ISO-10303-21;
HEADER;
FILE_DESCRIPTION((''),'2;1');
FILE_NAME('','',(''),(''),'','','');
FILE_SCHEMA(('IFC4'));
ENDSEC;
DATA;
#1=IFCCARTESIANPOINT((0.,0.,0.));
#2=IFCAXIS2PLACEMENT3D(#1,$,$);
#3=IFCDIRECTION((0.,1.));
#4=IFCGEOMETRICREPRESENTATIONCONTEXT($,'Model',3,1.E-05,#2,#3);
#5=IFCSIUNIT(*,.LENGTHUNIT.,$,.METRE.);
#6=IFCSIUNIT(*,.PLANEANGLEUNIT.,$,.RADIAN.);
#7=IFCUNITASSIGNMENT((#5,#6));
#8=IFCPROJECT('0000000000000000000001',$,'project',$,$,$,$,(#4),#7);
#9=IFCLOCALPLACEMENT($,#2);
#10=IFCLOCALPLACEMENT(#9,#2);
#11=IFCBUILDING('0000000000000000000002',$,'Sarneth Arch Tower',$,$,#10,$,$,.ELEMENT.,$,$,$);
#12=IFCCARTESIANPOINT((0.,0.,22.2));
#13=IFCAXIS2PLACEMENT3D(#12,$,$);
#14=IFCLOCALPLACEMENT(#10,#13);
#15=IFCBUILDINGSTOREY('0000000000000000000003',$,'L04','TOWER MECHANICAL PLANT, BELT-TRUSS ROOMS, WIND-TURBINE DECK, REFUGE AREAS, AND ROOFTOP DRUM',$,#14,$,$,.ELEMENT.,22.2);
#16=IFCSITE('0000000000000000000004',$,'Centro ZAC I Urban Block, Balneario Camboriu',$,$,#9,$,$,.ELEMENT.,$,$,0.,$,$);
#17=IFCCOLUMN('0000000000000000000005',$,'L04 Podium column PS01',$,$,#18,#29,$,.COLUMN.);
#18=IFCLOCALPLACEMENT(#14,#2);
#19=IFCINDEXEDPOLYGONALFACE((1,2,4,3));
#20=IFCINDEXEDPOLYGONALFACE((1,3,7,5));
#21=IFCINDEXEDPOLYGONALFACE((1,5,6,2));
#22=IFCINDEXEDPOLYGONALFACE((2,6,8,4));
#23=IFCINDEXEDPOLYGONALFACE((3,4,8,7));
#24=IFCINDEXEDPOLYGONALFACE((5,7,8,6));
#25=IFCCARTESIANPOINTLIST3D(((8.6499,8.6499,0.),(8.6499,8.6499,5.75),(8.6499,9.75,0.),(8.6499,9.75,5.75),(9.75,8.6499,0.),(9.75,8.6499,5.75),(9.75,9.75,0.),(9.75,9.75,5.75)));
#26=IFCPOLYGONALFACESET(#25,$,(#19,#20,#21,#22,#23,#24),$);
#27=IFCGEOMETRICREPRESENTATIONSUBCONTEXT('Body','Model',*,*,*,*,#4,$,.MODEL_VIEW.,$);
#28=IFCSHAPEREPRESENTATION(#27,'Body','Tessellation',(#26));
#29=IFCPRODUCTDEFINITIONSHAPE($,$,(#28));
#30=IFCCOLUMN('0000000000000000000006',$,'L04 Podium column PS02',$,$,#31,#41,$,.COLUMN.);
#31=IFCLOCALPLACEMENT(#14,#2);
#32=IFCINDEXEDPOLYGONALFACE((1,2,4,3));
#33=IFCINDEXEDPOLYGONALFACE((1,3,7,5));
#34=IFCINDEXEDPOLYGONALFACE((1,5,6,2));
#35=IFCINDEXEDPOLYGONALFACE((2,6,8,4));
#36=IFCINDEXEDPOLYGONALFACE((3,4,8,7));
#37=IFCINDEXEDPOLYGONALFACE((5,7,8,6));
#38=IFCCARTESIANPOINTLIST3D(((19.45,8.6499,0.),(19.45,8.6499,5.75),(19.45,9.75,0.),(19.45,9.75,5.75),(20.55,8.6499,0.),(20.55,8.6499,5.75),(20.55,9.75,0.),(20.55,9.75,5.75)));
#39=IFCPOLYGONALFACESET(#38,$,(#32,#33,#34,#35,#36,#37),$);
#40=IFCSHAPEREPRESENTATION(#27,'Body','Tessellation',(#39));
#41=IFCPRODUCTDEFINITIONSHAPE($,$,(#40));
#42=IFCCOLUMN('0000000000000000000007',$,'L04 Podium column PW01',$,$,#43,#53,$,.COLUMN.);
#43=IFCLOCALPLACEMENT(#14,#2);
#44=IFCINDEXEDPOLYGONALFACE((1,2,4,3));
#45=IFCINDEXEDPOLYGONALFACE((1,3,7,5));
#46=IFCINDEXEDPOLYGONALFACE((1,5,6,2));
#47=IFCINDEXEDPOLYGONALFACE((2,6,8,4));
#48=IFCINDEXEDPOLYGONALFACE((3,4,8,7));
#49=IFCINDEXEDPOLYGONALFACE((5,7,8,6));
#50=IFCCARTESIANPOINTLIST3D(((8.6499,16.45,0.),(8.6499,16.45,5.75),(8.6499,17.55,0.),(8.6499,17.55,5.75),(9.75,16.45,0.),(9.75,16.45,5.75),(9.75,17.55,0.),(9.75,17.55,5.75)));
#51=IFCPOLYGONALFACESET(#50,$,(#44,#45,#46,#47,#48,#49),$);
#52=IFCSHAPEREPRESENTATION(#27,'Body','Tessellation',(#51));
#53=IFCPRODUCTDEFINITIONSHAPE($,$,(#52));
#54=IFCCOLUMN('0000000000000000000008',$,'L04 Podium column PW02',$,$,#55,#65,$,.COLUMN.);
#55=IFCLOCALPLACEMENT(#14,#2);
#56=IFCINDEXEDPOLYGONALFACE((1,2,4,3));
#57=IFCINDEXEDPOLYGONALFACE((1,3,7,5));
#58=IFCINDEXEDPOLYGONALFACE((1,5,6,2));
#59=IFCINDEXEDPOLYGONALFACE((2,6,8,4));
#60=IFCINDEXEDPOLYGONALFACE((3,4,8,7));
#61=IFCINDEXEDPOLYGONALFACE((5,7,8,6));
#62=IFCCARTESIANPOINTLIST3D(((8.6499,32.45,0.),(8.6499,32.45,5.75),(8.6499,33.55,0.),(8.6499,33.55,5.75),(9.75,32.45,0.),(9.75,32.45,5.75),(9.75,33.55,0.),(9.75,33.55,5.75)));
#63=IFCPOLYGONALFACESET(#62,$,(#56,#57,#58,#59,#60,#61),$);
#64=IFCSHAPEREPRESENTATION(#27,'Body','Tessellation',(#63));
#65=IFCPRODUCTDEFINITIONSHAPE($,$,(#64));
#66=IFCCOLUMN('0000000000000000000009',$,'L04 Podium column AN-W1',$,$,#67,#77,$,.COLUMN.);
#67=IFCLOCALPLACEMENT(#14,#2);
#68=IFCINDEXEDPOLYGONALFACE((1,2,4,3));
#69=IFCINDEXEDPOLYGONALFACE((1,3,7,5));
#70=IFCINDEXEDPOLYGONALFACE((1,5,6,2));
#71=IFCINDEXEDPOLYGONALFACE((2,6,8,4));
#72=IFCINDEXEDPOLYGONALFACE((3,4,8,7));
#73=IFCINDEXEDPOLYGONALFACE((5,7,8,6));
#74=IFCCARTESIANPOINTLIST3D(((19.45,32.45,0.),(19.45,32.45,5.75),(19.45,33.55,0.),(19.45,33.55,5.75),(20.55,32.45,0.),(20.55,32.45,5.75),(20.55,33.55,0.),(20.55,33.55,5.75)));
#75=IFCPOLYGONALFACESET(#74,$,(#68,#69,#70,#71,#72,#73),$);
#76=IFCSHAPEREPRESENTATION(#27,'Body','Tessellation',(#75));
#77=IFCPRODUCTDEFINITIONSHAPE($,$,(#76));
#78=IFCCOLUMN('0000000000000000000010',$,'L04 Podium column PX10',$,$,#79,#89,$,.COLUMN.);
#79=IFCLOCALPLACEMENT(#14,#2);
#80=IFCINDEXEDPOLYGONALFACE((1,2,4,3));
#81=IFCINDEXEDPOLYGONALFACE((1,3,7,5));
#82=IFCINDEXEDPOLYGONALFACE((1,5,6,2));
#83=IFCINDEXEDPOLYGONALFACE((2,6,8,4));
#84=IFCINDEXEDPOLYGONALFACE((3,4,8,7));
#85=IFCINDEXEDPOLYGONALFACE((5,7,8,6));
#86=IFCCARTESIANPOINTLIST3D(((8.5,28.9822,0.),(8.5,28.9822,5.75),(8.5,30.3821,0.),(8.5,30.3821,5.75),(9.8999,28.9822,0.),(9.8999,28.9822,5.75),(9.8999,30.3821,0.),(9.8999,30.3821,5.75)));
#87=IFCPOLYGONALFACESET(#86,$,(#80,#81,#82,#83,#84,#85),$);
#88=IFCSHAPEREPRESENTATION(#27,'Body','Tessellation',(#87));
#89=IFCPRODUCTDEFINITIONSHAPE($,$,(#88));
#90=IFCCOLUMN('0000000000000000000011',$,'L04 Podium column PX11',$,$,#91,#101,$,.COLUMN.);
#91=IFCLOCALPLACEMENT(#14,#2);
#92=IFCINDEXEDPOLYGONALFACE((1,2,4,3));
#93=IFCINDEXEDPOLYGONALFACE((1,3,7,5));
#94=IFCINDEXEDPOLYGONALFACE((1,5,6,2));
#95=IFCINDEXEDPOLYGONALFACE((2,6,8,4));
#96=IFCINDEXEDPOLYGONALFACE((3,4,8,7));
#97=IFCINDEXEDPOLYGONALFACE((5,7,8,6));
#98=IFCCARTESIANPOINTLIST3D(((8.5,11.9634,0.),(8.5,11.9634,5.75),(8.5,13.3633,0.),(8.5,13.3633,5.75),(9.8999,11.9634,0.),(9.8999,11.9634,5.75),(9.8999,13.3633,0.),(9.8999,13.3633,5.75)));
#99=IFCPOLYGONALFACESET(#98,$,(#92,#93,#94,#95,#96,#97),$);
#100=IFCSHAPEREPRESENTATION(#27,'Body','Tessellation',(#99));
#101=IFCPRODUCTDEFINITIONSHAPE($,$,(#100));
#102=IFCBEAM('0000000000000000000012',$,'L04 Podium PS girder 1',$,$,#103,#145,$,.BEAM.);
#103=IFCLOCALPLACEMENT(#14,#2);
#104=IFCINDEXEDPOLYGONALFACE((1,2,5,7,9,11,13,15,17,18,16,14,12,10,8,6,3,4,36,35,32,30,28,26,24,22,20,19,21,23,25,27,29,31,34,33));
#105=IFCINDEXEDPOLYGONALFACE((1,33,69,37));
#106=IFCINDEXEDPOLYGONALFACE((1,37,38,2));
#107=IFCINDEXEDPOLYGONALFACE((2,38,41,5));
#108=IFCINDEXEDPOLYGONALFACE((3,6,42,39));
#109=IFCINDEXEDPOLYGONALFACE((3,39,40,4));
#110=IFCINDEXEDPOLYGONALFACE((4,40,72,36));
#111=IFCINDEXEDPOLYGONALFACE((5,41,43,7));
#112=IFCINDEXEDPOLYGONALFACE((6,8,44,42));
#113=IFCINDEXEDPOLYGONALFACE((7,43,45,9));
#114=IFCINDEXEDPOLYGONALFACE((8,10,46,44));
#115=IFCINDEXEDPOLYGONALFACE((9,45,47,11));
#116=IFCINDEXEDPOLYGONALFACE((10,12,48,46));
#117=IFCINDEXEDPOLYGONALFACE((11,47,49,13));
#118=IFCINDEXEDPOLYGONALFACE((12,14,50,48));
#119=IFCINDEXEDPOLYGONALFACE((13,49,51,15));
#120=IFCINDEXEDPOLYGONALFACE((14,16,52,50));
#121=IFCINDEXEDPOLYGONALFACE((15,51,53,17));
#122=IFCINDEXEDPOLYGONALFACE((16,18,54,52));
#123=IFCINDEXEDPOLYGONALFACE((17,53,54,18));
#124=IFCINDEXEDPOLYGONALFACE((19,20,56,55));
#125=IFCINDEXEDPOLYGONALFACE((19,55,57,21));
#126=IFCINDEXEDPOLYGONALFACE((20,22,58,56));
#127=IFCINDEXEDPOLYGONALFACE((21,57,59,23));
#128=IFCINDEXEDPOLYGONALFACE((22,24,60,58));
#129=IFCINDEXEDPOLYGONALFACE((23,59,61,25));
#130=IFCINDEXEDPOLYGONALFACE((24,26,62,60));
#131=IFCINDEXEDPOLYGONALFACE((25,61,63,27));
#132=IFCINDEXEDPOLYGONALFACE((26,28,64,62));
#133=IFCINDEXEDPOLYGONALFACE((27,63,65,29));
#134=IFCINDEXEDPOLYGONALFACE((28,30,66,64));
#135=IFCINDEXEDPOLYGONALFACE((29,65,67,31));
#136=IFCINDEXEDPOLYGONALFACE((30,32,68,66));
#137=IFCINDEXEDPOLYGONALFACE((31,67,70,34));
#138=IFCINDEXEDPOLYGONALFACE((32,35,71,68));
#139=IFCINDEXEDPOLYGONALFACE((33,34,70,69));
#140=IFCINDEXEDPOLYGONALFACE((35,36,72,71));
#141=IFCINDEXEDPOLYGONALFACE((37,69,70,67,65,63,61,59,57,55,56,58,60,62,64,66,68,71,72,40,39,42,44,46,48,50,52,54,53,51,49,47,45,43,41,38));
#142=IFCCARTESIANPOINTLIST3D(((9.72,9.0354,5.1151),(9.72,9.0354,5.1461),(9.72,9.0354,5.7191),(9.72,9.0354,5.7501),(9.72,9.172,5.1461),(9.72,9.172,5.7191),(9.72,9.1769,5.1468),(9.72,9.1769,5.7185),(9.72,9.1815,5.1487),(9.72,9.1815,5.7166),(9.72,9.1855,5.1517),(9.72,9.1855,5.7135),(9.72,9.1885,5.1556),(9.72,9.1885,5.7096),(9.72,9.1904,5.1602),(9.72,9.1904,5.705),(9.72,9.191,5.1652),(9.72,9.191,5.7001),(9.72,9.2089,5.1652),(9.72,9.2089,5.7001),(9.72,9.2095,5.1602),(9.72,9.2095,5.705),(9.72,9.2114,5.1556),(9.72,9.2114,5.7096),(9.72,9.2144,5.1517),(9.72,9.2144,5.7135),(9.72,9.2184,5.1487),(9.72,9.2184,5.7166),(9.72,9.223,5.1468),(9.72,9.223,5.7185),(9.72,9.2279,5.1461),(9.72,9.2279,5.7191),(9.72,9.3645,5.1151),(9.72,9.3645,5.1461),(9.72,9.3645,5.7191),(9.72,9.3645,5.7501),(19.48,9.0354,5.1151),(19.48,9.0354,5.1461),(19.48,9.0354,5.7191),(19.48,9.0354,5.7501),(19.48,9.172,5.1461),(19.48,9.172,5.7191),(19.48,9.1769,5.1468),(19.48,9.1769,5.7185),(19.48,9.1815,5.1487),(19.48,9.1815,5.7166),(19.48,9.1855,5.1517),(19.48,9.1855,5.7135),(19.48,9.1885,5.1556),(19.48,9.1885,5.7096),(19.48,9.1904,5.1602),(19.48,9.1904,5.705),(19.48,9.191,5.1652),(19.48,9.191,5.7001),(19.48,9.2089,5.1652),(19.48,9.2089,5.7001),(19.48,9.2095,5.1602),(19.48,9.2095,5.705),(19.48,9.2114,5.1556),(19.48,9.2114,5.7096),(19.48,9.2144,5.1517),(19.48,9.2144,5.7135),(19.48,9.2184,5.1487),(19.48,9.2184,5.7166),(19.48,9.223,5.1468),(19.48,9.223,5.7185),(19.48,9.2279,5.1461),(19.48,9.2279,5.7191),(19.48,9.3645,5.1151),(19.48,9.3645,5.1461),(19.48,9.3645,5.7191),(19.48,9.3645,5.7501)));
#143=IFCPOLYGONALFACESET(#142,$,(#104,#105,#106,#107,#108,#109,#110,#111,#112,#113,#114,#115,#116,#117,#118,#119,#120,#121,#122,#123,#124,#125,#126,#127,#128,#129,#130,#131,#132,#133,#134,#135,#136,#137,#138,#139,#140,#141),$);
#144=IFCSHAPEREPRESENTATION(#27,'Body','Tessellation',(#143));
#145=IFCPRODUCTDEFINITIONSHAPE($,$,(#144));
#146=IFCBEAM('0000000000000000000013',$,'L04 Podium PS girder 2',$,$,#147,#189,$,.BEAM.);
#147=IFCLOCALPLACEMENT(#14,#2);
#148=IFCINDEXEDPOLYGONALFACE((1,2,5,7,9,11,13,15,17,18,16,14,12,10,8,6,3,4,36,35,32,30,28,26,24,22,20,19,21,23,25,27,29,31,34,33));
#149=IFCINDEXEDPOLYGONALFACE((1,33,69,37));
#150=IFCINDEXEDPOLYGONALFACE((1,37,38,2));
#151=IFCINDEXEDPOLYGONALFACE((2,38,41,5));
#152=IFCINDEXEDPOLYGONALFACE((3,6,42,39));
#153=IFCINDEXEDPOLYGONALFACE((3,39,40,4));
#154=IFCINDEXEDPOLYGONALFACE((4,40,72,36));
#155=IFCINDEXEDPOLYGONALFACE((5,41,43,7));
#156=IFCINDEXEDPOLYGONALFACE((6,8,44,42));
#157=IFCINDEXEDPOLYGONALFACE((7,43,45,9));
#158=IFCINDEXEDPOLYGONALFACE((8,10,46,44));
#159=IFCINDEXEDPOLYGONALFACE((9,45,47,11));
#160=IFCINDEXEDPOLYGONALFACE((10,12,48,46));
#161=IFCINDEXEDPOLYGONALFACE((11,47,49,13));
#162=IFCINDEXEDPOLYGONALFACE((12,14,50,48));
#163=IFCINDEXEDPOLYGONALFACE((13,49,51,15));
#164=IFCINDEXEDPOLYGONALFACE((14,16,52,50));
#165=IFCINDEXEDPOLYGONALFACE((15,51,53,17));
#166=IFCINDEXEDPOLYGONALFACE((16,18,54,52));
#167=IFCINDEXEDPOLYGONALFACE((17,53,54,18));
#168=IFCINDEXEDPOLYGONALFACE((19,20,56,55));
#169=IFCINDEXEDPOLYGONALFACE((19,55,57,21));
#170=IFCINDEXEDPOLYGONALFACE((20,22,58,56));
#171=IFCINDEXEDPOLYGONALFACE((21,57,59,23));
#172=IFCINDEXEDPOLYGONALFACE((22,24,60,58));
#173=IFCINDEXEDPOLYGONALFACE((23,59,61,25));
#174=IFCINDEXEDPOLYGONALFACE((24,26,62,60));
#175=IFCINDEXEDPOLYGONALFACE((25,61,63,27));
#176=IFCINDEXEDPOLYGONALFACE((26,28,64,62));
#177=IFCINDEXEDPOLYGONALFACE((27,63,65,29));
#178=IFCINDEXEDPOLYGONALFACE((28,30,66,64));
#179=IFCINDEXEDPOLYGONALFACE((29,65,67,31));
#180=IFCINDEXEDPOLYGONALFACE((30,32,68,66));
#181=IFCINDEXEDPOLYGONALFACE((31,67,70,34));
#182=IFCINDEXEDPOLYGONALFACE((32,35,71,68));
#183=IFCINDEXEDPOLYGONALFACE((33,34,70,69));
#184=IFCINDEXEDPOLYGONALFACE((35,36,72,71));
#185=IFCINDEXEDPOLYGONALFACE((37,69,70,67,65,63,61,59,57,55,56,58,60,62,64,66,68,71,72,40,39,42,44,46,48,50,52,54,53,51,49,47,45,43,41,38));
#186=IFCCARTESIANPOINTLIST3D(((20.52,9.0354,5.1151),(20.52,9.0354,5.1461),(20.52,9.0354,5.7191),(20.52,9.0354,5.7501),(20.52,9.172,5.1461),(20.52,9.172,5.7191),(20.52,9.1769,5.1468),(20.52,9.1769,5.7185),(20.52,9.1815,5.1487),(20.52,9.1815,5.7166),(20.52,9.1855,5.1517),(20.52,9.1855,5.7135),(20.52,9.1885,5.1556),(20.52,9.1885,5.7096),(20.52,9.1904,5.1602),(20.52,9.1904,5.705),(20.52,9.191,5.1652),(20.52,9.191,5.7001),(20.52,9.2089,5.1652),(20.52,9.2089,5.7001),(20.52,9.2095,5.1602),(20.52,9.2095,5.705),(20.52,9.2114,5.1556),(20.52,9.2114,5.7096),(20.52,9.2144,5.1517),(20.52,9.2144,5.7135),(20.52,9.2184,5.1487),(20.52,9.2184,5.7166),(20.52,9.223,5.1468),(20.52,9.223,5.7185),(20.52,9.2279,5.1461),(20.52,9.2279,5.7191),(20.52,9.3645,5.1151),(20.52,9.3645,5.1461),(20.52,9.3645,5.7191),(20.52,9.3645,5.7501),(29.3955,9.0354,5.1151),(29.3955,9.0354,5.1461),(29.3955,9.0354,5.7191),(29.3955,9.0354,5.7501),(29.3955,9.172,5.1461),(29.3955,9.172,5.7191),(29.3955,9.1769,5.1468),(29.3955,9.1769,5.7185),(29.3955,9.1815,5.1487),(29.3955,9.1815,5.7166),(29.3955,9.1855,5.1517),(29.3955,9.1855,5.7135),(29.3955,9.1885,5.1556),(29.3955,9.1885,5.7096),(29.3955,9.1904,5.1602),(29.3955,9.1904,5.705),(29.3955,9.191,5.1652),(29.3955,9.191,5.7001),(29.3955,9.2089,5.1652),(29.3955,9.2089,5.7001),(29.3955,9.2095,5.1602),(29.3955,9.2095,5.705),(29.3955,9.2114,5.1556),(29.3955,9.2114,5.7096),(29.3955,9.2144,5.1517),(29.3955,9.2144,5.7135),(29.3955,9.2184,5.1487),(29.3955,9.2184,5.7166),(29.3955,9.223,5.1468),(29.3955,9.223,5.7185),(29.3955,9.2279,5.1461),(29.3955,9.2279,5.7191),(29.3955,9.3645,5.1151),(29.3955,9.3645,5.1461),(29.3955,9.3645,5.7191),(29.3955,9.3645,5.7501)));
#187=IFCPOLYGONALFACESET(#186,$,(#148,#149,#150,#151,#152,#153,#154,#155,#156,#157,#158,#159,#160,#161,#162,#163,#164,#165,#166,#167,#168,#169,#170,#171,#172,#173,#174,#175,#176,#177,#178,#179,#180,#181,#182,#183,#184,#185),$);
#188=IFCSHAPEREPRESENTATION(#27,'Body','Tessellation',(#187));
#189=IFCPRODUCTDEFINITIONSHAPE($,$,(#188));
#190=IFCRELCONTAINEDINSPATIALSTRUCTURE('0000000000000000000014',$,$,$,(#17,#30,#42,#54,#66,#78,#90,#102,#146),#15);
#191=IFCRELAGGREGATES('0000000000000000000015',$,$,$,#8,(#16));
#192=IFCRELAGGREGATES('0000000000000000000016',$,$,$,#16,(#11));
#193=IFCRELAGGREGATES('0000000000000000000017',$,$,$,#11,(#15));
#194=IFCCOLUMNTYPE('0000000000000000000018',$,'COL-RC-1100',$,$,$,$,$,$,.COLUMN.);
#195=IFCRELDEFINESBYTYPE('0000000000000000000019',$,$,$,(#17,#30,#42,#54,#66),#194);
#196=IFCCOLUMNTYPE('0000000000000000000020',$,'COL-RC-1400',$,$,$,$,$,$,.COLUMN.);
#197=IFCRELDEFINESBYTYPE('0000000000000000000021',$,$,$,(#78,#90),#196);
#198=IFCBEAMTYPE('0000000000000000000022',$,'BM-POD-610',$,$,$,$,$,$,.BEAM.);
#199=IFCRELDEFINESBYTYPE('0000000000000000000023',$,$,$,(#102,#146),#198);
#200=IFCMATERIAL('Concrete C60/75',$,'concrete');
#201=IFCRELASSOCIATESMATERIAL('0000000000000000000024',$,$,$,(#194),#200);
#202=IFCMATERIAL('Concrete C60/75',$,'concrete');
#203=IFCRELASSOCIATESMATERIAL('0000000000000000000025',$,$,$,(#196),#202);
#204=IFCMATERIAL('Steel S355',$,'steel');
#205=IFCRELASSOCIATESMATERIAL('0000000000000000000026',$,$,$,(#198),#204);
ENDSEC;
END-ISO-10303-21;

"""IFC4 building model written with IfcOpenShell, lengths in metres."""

from ifc_helpers import new_model, si_unit, direction, frame, origin, origin_2d, place, context, subcontext, project, spatial, rectangle, i_section, extrude, material, material_profile, profile_set, type_object, element, save


model = new_model("IFC4")

# Units and contexts
model_context = context("Model", 3, precision=1e-05, world=origin(), true_north=direction((0.0, 1.0)))
body_context = subcontext(model_context, "Body", "Model", "MODEL_VIEW")
ifc_project = project(units=[si_unit("LENGTHUNIT", "METRE"), si_unit("PLANEANGLEUNIT", "RADIAN")], contexts=[model_context])

# Site, building, storey
site_placement = place(None, origin())
site = spatial("IfcSite", under=ifc_project, at=site_placement, Name="Centro ZAC I Urban Block, Balneario Camboriu", CompositionType="ELEMENT", RefElevation=0.0)
building_placement = place(site_placement, origin())
building = spatial("IfcBuilding", under=site, at=building_placement, Name="Sarneth Arch Tower", CompositionType="ELEMENT")
storey_placement = place(building_placement, frame((0.0, 0.0, 22.2)))
storey = spatial("IfcBuildingStorey", under=building, at=storey_placement, Name="L04", Description="TOWER MECHANICAL PLANT, BELT-TRUSS ROOMS, WIND-TURBINE DECK, REFUGE AREAS, AND ROOFTOP DRUM", CompositionType="ELEMENT", Elevation=22.2)

# Columns
ifc_material_1 = material(Name="Concrete C60/75", Category="concrete")
ifc_material_profile_1 = material_profile(ifc_material_1, rectangle(XDim=1.1001, YDim=1.1001, at=origin_2d()), Name="RC-1100x1100")
ifc_profile_set_1 = profile_set([ifc_material_profile_1], Name="Concrete C60/75")
column_type_1 = type_object("IfcColumnType", Name="COL-RC-1100", PredefinedType="COLUMN", material=ifc_profile_set_1)
for number, where, z_axis, x_axis, name in (
    (1, (9.2, 9.2, 0.0), (0.0, 0.0, 1.0), (1.0, 0.0, 0.0), "L04 Podium column PS01"),
    (2, (20.0, 9.2, 0.0), (0.0, 0.0, 1.0), (1.0, 0.0, 0.0), "L04 Podium column PS02"),
    (3, (9.2, 17.0, 0.0), (0.0, 0.0, 1.0), (1.0, 0.0, 0.0), "L04 Podium column PW01"),
    (4, (9.2, 33.0, 0.0), (0.0, 0.0, 1.0), (1.0, 0.0, 0.0), "L04 Podium column PW02"),
    (5, (20.0, 33.0, 0.0), (0.0, 0.0, 1.0), (1.0, 0.0, 0.0), "L04 Podium column AN-W1"),
):
    element("IfcColumn", number, at=place(storey_placement, frame(where, z_axis=z_axis, x_axis=x_axis)), inside=storey, type_object=column_type_1, Name=name, PredefinedType="COLUMN", context=body_context, shape_type="SweptSolid", body=[
        extrude(rectangle(XDim=1.1001, YDim=1.1001, at=origin_2d()), origin(), (0.0, 0.0, 1.0), 5.75),
    ])
ifc_material_2 = material(Name="Concrete C60/75", Category="concrete")
ifc_material_profile_2 = material_profile(ifc_material_2, rectangle(XDim=1.3999, YDim=1.3999, at=origin_2d()), Name="RC-1400x1400")
ifc_profile_set_2 = profile_set([ifc_material_profile_2], Name="Concrete C60/75")
column_type_2 = type_object("IfcColumnType", Name="COL-RC-1400", PredefinedType="COLUMN", material=ifc_profile_set_2)
for number, where, z_axis, x_axis, name in (
    (6, (9.2, 29.6821, 0.0), (0.0, 0.0, 1.0), (1.0, 0.0, 0.0), "L04 Podium column PX10"),
    (7, (9.2, 12.6633, 0.0), (0.0, 0.0, 1.0), (1.0, 0.0, 0.0), "L04 Podium column PX11"),
):
    element("IfcColumn", number, at=place(storey_placement, frame(where, z_axis=z_axis, x_axis=x_axis)), inside=storey, type_object=column_type_2, Name=name, PredefinedType="COLUMN", context=body_context, shape_type="SweptSolid", body=[
        extrude(rectangle(XDim=1.3999, YDim=1.3999, at=origin_2d()), origin(), (0.0, 0.0, 1.0), 5.75),
    ])

# Beams
ifc_material_3 = material(Name="Steel S355", Category="steel")
ifc_material_profile_3 = material_profile(ifc_material_3, i_section(OverallWidth=0.3291, OverallDepth=0.635, WebThickness=0.0178, FlangeThickness=0.031, FilletRadius=0.019, at=origin_2d()), Name="W610x241")
ifc_profile_set_3 = profile_set([ifc_material_profile_3], Name="Steel S355")
beam_type_1 = type_object("IfcBeamType", Name="BM-POD-610", PredefinedType="BEAM", material=ifc_profile_set_3)
beam_1_placement = place(storey_placement, frame((9.72, 9.2, 5.4326), z_axis=(1.0, 0.0, 0.0), x_axis=(0.0, 1.0, 0.0)))
element("IfcBeam", 8, at=beam_1_placement, inside=storey, type_object=beam_type_1, Name="L04 Podium PS girder 1", PredefinedType="BEAM", context=body_context, shape_type="SweptSolid", body=[
    extrude(i_section(OverallWidth=0.3291, OverallDepth=0.635, WebThickness=0.0178, FlangeThickness=0.031, FilletRadius=0.019, at=origin_2d()), origin(), (0.0, 0.0, 1.0), 9.76),
])
beam_2_placement = place(storey_placement, frame((20.52, 9.2, 5.4326), z_axis=(1.0, 0.0, 0.0), x_axis=(0.0, 1.0, 0.0)))
element("IfcBeam", 9, at=beam_2_placement, inside=storey, type_object=beam_type_1, Name="L04 Podium PS girder 2", PredefinedType="BEAM", context=body_context, shape_type="SweptSolid", body=[
    extrude(i_section(OverallWidth=0.3291, OverallDepth=0.635, WebThickness=0.0178, FlangeThickness=0.031, FilletRadius=0.019, at=origin_2d()), origin(), (0.0, 0.0, 1.0), 8.8755),
])

save(model, "model.ifc")
